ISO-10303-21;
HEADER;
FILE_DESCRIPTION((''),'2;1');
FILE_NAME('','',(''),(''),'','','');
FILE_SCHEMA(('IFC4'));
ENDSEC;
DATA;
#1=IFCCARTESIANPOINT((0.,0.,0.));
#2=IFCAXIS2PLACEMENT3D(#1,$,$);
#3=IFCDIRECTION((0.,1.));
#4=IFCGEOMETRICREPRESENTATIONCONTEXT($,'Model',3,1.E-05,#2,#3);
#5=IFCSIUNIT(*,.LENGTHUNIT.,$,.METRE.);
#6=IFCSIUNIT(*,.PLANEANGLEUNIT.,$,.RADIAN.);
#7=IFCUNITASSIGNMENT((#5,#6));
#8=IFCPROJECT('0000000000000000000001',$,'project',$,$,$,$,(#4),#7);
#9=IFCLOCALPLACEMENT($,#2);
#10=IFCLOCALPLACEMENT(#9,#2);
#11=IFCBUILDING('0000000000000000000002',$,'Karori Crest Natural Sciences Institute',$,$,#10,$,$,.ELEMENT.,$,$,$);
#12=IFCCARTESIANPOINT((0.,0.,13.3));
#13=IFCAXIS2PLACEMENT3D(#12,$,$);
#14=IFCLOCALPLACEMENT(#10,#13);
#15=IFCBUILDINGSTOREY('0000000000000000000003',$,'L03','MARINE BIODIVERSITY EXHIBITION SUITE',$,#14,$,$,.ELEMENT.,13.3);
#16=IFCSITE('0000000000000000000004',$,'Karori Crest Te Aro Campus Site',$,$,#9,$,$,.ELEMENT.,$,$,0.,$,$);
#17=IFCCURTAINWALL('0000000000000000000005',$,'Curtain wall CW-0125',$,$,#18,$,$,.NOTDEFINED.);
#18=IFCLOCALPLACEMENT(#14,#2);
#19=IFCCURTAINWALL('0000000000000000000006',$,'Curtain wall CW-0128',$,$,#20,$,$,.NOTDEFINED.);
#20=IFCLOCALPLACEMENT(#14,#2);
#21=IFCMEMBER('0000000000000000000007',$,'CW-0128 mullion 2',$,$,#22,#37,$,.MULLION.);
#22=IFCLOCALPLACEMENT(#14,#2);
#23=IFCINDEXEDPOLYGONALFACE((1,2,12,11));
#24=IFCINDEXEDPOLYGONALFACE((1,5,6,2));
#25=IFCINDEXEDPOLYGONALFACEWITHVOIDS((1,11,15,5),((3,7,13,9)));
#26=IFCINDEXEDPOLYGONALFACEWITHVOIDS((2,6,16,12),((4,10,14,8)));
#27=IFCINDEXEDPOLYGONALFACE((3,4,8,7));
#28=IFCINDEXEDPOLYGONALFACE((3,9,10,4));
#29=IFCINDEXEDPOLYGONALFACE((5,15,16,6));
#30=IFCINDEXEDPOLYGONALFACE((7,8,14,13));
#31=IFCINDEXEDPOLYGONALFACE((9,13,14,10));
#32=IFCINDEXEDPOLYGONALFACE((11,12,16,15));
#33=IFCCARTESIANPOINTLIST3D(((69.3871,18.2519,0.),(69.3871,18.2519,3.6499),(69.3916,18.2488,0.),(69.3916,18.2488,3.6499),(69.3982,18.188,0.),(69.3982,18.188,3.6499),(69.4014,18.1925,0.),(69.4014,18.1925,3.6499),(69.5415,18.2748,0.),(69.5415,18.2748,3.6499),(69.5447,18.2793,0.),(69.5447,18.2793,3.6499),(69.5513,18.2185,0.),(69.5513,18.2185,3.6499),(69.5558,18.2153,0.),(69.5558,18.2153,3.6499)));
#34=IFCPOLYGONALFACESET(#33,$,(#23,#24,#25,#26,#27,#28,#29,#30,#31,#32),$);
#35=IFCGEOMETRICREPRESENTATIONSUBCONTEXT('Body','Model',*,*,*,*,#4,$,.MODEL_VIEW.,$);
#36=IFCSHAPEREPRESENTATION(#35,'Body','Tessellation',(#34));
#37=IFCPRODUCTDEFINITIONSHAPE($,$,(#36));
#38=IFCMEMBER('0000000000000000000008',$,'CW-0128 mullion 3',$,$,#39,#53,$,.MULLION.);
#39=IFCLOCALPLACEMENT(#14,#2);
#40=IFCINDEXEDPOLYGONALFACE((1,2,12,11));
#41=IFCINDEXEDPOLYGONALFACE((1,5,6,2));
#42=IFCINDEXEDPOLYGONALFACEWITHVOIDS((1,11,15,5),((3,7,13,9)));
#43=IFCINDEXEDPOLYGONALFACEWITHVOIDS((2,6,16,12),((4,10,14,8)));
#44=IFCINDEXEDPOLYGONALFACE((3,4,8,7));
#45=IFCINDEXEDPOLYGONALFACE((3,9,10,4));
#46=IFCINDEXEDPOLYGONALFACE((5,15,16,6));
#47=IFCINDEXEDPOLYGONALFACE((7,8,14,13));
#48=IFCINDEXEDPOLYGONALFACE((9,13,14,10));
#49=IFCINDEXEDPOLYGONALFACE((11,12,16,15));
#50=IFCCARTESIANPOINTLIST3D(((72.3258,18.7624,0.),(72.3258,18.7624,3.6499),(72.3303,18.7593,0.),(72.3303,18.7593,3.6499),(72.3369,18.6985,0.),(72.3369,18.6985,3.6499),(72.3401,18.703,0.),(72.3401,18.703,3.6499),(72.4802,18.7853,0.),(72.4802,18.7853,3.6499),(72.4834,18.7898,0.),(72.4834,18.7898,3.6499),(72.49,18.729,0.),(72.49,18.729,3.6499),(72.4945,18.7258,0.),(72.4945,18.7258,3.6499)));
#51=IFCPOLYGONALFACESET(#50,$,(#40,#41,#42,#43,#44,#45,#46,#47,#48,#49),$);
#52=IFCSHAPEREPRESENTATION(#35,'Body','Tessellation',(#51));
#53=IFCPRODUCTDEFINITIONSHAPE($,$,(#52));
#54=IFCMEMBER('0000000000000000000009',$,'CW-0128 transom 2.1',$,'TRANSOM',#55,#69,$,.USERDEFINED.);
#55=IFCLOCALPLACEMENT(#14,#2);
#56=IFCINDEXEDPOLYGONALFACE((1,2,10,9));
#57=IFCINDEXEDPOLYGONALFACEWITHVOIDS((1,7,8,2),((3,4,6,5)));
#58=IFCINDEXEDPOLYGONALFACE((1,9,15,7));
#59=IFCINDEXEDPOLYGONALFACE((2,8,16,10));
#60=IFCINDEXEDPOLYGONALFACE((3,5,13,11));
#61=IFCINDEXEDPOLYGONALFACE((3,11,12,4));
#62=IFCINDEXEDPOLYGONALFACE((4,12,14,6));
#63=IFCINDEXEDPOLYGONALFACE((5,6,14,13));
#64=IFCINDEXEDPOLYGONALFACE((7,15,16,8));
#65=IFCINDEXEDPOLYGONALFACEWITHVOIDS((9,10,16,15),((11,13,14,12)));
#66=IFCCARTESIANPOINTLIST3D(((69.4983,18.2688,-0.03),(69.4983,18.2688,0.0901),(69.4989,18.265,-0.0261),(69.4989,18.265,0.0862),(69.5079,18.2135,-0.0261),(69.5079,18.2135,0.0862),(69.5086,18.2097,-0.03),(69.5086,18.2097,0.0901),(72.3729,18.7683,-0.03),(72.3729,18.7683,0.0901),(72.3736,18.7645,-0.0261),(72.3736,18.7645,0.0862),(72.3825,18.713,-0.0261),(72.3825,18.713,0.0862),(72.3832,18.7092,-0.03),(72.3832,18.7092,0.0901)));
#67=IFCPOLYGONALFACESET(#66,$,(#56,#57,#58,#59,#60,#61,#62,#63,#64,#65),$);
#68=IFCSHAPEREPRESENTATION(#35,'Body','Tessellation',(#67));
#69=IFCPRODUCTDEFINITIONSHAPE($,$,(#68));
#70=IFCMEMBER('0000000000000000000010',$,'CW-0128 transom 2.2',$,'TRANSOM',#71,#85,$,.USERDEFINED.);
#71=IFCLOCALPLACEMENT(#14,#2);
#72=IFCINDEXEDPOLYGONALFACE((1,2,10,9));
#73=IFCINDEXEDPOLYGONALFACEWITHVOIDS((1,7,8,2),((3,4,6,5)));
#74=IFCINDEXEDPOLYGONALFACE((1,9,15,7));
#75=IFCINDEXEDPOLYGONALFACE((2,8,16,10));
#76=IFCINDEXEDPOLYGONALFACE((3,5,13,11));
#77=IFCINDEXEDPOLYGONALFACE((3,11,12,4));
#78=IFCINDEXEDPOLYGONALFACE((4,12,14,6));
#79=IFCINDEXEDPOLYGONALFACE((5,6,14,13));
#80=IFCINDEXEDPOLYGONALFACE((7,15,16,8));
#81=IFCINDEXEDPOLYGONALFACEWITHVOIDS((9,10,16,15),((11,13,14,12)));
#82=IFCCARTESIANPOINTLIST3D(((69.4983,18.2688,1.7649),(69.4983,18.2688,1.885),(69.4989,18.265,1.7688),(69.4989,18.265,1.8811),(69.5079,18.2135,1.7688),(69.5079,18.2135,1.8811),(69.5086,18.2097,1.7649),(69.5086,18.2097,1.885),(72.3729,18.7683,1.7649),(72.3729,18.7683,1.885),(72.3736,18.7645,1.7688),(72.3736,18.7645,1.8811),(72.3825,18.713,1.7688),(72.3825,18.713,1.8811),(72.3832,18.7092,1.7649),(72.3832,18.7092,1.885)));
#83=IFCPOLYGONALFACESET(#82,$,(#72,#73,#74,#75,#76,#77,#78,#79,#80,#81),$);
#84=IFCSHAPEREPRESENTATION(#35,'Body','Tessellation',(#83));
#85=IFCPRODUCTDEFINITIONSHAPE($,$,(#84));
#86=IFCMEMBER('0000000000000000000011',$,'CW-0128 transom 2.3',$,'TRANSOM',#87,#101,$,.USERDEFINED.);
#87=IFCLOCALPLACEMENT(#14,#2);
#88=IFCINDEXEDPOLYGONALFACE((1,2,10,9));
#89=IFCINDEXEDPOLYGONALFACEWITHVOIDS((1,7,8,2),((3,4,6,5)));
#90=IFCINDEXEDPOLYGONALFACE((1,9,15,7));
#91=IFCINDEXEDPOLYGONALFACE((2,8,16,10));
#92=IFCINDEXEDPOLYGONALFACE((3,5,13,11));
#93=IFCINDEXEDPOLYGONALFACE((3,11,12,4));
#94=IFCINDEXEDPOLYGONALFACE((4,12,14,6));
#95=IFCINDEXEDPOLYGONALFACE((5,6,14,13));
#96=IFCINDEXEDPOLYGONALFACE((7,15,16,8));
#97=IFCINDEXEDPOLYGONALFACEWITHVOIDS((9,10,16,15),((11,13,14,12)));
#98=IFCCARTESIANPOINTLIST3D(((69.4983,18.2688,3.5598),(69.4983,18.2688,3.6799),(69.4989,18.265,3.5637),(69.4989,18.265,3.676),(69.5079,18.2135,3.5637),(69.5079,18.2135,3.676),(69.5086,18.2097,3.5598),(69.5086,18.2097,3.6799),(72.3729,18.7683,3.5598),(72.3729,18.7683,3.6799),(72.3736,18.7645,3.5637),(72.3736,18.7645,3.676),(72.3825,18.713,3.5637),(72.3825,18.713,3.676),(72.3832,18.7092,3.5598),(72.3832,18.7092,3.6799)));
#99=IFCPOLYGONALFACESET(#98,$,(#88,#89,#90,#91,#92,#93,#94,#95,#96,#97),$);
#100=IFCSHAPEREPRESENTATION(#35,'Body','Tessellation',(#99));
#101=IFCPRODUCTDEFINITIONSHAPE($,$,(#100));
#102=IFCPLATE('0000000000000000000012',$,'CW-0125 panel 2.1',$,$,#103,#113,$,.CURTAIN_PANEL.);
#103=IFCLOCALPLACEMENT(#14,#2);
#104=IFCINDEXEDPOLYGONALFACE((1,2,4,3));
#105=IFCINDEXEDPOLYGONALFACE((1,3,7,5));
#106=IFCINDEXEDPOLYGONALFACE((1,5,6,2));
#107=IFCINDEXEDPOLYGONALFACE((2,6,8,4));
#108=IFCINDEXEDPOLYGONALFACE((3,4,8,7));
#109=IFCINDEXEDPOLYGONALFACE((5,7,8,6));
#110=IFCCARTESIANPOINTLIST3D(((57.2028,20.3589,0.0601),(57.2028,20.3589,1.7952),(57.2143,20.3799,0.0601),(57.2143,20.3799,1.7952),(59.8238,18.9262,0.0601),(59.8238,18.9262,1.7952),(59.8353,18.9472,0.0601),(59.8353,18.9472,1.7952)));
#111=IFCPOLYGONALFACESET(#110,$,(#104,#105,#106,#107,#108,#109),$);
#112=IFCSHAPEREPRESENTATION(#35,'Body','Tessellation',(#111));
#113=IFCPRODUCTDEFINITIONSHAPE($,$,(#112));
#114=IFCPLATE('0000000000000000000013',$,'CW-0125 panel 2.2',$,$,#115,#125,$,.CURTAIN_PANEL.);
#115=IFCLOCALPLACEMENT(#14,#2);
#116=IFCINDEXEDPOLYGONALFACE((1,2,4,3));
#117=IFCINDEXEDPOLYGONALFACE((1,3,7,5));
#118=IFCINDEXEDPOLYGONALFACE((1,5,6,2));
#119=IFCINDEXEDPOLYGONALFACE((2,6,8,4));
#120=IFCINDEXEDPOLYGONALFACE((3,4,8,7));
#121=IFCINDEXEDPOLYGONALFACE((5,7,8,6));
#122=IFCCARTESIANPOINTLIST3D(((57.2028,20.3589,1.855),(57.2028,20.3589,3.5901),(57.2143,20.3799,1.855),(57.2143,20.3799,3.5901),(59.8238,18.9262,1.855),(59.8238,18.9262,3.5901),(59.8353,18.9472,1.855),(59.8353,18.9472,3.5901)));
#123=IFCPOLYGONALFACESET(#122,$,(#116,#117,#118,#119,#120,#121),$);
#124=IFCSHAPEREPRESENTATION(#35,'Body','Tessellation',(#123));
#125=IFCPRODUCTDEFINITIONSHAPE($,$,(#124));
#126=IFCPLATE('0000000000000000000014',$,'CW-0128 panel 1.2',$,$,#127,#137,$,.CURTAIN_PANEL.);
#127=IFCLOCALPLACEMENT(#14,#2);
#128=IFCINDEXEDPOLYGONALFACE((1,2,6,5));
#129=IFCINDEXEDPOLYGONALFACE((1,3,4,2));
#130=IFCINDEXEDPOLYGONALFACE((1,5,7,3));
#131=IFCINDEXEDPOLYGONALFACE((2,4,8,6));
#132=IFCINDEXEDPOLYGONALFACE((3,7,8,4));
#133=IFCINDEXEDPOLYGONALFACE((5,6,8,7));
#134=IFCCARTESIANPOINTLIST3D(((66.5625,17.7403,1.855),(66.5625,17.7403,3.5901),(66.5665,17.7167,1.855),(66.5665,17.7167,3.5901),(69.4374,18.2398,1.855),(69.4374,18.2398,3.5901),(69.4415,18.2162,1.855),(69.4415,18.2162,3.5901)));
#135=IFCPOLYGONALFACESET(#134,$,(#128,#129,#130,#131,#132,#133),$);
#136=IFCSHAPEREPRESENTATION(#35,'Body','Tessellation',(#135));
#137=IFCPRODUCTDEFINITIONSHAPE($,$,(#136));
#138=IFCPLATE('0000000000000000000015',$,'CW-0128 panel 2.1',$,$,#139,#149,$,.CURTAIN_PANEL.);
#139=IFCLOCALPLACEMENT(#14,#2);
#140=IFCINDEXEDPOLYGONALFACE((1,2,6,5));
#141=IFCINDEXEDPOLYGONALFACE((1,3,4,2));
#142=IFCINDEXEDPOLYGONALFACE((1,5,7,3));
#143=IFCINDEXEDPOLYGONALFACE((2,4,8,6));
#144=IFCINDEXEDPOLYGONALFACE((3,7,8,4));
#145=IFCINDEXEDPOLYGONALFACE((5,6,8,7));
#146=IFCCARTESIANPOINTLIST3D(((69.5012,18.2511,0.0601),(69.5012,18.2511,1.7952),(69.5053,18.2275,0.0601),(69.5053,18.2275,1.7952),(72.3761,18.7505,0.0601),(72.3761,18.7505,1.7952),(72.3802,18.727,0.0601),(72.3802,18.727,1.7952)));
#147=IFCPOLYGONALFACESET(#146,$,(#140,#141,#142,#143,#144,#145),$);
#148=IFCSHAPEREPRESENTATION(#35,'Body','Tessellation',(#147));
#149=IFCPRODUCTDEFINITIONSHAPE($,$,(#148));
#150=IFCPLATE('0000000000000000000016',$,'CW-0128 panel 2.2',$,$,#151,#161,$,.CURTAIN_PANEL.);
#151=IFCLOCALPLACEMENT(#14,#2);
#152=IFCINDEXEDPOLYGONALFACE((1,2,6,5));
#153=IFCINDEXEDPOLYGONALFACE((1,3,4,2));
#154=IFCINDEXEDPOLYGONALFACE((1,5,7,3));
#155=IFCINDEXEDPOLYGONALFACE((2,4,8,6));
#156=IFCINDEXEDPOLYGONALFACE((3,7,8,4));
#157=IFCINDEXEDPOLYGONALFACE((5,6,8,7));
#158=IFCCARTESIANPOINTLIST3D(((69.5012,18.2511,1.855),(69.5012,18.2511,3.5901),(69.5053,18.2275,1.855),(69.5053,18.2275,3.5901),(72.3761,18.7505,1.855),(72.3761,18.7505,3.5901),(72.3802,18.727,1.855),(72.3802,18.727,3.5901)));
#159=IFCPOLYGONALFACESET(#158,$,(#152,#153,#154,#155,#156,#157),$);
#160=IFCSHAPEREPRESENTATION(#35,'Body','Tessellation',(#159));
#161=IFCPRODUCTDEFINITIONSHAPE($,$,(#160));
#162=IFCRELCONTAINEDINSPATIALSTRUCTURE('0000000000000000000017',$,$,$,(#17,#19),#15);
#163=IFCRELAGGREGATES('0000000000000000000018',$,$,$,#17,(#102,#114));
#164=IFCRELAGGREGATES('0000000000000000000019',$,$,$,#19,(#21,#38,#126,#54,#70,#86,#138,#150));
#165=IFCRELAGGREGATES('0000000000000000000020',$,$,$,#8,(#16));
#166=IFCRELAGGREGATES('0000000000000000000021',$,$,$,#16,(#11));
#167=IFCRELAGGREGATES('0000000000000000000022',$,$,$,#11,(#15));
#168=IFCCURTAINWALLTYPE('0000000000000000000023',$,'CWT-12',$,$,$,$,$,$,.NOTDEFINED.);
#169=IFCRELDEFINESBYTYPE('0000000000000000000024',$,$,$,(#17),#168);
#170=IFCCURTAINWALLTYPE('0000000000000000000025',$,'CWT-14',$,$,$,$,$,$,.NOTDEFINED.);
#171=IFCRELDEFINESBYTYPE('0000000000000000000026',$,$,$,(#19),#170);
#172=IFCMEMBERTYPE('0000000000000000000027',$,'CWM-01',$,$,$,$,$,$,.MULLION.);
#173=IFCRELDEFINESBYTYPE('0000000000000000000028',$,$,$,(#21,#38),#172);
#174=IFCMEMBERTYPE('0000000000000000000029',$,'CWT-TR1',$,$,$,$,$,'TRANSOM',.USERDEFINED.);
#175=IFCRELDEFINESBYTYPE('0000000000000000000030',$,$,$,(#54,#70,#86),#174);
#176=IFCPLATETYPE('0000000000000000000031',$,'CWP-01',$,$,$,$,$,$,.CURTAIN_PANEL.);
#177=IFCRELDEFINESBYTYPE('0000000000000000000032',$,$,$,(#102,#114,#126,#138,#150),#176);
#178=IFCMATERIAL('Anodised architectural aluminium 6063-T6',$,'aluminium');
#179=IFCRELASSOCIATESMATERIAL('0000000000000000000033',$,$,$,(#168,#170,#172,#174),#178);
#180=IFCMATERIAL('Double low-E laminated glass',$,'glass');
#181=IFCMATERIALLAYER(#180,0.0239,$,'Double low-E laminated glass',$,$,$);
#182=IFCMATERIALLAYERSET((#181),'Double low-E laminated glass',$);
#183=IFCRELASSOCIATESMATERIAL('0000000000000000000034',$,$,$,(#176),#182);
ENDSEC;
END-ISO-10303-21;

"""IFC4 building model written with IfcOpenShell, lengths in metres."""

from ifc_helpers import new_model, si_unit, direction, frame, origin, origin_2d, place, context, subcontext, project, spatial, rectangle, hollow_rectangle, extrude, material, layer, layer_set, material_profile, profile_set, type_object, element, aggregate, save


model = new_model("IFC4")

# Units and contexts
model_context = context("Model", 3, precision=1e-05, world=origin(), true_north=direction((0.0, 1.0)))
body_context = subcontext(model_context, "Body", "Model", "MODEL_VIEW")
ifc_project = project(units=[si_unit("LENGTHUNIT", "METRE"), si_unit("PLANEANGLEUNIT", "RADIAN")], contexts=[model_context])

# Site, building, storey
site_placement = place(None, origin())
site = spatial("IfcSite", under=ifc_project, at=site_placement, Name="Karori Crest Te Aro Campus Site", CompositionType="ELEMENT", RefElevation=0.0)
building_placement = place(site_placement, origin())
building = spatial("IfcBuilding", under=site, at=building_placement, Name="Karori Crest Natural Sciences Institute", CompositionType="ELEMENT")
storey_placement = place(building_placement, frame((0.0, 0.0, 13.3)))
storey = spatial("IfcBuildingStorey", under=building, at=storey_placement, Name="L03", Description="MARINE BIODIVERSITY EXHIBITION SUITE", CompositionType="ELEMENT", Elevation=13.3)

# Curtain wall
ifc_material_1 = material(Name="Anodised architectural aluminium 6063-T6", Category="aluminium")
curtain_wall_type_1 = type_object("IfcCurtainWallType", Name="CWT-12", PredefinedType="NOTDEFINED", material=ifc_material_1)
curtain_wall_1_placement = place(storey_placement, origin())
curtain_wall_1 = element("IfcCurtainWall", 1, at=curtain_wall_1_placement, inside=storey, type_object=curtain_wall_type_1, Name="Curtain wall CW-0125", PredefinedType="NOTDEFINED")
ifc_material_profile_1 = material_profile(ifc_material_1, hollow_rectangle(XDim=0.0649, YDim=0.1599, WallThickness=0.0039, at=origin_2d()), Name="CWM160x65x4")
ifc_profile_set_1 = profile_set([ifc_material_profile_1], Name="Anodised architectural aluminium 6063-T6")
member_type_1 = type_object("IfcMemberType", Name="CWM-01", PredefinedType="MULLION", material=ifc_profile_set_1)

# Curtain wall, members
curtain_wall_type_2 = type_object("IfcCurtainWallType", Name="CWT-14", PredefinedType="NOTDEFINED", material=ifc_material_1)
curtain_wall_2_placement = place(storey_placement, origin())
curtain_wall_2 = element("IfcCurtainWall", 2, at=curtain_wall_2_placement, inside=storey, type_object=curtain_wall_type_2, Name="Curtain wall CW-0128", PredefinedType="NOTDEFINED")
member_1_placement = place(storey_placement, frame((69.4714, 18.2336, 0.0), z_axis=(0.0, 0.0, 1.0), x_axis=(-0.171174, 0.985241, 0.0)))
member_1 = element("IfcMember", 3, at=member_1_placement, type_object=member_type_1, Name="CW-0128 mullion 2", PredefinedType="MULLION", context=body_context, shape_type="SweptSolid", body=[
    extrude(hollow_rectangle(XDim=0.0649, YDim=0.1599, WallThickness=0.0039, at=origin_2d()), origin(), (0.0, 0.0, 1.0), 3.6499),
])
member_2_placement = place(storey_placement, frame((72.4102, 18.7441, 0.0), z_axis=(0.0, 0.0, 1.0), x_axis=(-0.171174, 0.985241, 0.0)))
member_2 = element("IfcMember", 4, at=member_2_placement, type_object=member_type_1, Name="CW-0128 mullion 3", PredefinedType="MULLION", context=body_context, shape_type="SweptSolid", body=[
    extrude(hollow_rectangle(XDim=0.0649, YDim=0.1599, WallThickness=0.0039, at=origin_2d()), origin(), (0.0, 0.0, 1.0), 3.6499),
])
ifc_material_profile_2 = material_profile(ifc_material_1, hollow_rectangle(XDim=0.0601, YDim=0.1201, WallThickness=0.0039, at=origin_2d()), Name="CWT120x60x4")
ifc_profile_set_2 = profile_set([ifc_material_profile_2], Name="Anodised architectural aluminium 6063-T6")
member_type_2 = type_object("IfcMemberType", Name="CWT-TR1", ElementType="TRANSOM", PredefinedType="USERDEFINED", material=ifc_profile_set_2)
member_3_placement = place(storey_placement, frame((69.5034, 18.2393, 0.03), z_axis=(0.985238, 0.171193, 0.0), x_axis=(-0.171193, 0.985238, 0.0)))
member_3 = element("IfcMember", 5, at=member_3_placement, type_object=member_type_2, Name="CW-0128 transom 2.1", ObjectType="TRANSOM", PredefinedType="USERDEFINED", context=body_context, shape_type="SweptSolid", body=[
    extrude(hollow_rectangle(XDim=0.0601, YDim=0.1201, WallThickness=0.0039, at=origin_2d()), origin(), (0.0, 0.0, 1.0), 2.9177),
])
member_4_placement = place(storey_placement, frame((69.5034, 18.2393, 1.825), z_axis=(0.985238, 0.171193, 0.0), x_axis=(-0.171193, 0.985238, 0.0)))
member_4 = element("IfcMember", 6, at=member_4_placement, type_object=member_type_2, Name="CW-0128 transom 2.2", ObjectType="TRANSOM", PredefinedType="USERDEFINED", context=body_context, shape_type="SweptSolid", body=[
    extrude(hollow_rectangle(XDim=0.0601, YDim=0.1201, WallThickness=0.0039, at=origin_2d()), origin(), (0.0, 0.0, 1.0), 2.9177),
])
member_5_placement = place(storey_placement, frame((69.5034, 18.2393, 3.6199), z_axis=(0.985238, 0.171193, 0.0), x_axis=(-0.171193, 0.985238, 0.0)))
member_5 = element("IfcMember", 7, at=member_5_placement, type_object=member_type_2, Name="CW-0128 transom 2.3", ObjectType="TRANSOM", PredefinedType="USERDEFINED", context=body_context, shape_type="SweptSolid", body=[
    extrude(hollow_rectangle(XDim=0.0601, YDim=0.1201, WallThickness=0.0039, at=origin_2d()), origin(), (0.0, 0.0, 1.0), 2.9177),
])

# Plates
ifc_material_2 = material(Name="Double low-E laminated glass", Category="glass")
ifc_layer_1 = layer(ifc_material_2, 0.0239, Name="Double low-E laminated glass")
ifc_layer_set_1 = layer_set([ifc_layer_1], Name="Double low-E laminated glass")
plate_type = type_object("IfcPlateType", Name="CWP-01", PredefinedType="CURTAIN_PANEL", material=ifc_layer_set_1)
plate_1_placement = place(storey_placement, frame((58.519, 19.6531, 0.0601), z_axis=(0.0, 0.0, 1.0), x_axis=(0.87747, -0.479631, 0.0)))
plate_1 = element("IfcPlate", 8, at=plate_1_placement, type_object=plate_type, Name="CW-0125 panel 2.1", PredefinedType="CURTAIN_PANEL", context=body_context, shape_type="SweptSolid", body=[
    extrude(rectangle(XDim=2.9871, YDim=0.0239, at=origin_2d()), origin(), (0.0, 0.0, 1.0), 1.7351),
])
plate_2_placement = place(storey_placement, frame((58.519, 19.6531, 1.855), z_axis=(0.0, 0.0, 1.0), x_axis=(0.87747, -0.479631, 0.0)))
plate_2 = element("IfcPlate", 9, at=plate_2_placement, type_object=plate_type, Name="CW-0125 panel 2.2", PredefinedType="CURTAIN_PANEL", context=body_context, shape_type="SweptSolid", body=[
    extrude(rectangle(XDim=2.9871, YDim=0.0239, at=origin_2d()), origin(), (0.0, 0.0, 1.0), 1.7351),
])
aggregate(curtain_wall_1, [plate_1, plate_2])
plate_3_placement = place(storey_placement, frame((68.002, 17.9783, 1.855), z_axis=(0.0, 0.0, 1.0), x_axis=(0.985241, 0.171174, 0.0)))
plate_3 = element("IfcPlate", 10, at=plate_3_placement, type_object=plate_type, Name="CW-0128 panel 1.2", PredefinedType="CURTAIN_PANEL", context=body_context, shape_type="SweptSolid", body=[
    extrude(rectangle(XDim=2.918, YDim=0.0239, at=origin_2d()), origin(), (0.0, 0.0, 1.0), 1.7351),
])
plate_4_placement = place(storey_placement, frame((70.9407, 18.489, 0.0601), z_axis=(0.0, 0.0, 1.0), x_axis=(0.985241, 0.171174, 0.0)))
plate_4 = element("IfcPlate", 11, at=plate_4_placement, type_object=plate_type, Name="CW-0128 panel 2.1", PredefinedType="CURTAIN_PANEL", context=body_context, shape_type="SweptSolid", body=[
    extrude(rectangle(XDim=2.918, YDim=0.0239, at=origin_2d()), origin(), (0.0, 0.0, 1.0), 1.7351),
])
plate_5_placement = place(storey_placement, frame((70.9407, 18.489, 1.855), z_axis=(0.0, 0.0, 1.0), x_axis=(0.985241, 0.171174, 0.0)))
plate_5 = element("IfcPlate", 12, at=plate_5_placement, type_object=plate_type, Name="CW-0128 panel 2.2", PredefinedType="CURTAIN_PANEL", context=body_context, shape_type="SweptSolid", body=[
    extrude(rectangle(XDim=2.918, YDim=0.0239, at=origin_2d()), origin(), (0.0, 0.0, 1.0), 1.7351),
])
aggregate(curtain_wall_2, [member_1, member_2, plate_3, member_3, member_4, member_5, plate_4, plate_5])

save(model, "model.ifc")
